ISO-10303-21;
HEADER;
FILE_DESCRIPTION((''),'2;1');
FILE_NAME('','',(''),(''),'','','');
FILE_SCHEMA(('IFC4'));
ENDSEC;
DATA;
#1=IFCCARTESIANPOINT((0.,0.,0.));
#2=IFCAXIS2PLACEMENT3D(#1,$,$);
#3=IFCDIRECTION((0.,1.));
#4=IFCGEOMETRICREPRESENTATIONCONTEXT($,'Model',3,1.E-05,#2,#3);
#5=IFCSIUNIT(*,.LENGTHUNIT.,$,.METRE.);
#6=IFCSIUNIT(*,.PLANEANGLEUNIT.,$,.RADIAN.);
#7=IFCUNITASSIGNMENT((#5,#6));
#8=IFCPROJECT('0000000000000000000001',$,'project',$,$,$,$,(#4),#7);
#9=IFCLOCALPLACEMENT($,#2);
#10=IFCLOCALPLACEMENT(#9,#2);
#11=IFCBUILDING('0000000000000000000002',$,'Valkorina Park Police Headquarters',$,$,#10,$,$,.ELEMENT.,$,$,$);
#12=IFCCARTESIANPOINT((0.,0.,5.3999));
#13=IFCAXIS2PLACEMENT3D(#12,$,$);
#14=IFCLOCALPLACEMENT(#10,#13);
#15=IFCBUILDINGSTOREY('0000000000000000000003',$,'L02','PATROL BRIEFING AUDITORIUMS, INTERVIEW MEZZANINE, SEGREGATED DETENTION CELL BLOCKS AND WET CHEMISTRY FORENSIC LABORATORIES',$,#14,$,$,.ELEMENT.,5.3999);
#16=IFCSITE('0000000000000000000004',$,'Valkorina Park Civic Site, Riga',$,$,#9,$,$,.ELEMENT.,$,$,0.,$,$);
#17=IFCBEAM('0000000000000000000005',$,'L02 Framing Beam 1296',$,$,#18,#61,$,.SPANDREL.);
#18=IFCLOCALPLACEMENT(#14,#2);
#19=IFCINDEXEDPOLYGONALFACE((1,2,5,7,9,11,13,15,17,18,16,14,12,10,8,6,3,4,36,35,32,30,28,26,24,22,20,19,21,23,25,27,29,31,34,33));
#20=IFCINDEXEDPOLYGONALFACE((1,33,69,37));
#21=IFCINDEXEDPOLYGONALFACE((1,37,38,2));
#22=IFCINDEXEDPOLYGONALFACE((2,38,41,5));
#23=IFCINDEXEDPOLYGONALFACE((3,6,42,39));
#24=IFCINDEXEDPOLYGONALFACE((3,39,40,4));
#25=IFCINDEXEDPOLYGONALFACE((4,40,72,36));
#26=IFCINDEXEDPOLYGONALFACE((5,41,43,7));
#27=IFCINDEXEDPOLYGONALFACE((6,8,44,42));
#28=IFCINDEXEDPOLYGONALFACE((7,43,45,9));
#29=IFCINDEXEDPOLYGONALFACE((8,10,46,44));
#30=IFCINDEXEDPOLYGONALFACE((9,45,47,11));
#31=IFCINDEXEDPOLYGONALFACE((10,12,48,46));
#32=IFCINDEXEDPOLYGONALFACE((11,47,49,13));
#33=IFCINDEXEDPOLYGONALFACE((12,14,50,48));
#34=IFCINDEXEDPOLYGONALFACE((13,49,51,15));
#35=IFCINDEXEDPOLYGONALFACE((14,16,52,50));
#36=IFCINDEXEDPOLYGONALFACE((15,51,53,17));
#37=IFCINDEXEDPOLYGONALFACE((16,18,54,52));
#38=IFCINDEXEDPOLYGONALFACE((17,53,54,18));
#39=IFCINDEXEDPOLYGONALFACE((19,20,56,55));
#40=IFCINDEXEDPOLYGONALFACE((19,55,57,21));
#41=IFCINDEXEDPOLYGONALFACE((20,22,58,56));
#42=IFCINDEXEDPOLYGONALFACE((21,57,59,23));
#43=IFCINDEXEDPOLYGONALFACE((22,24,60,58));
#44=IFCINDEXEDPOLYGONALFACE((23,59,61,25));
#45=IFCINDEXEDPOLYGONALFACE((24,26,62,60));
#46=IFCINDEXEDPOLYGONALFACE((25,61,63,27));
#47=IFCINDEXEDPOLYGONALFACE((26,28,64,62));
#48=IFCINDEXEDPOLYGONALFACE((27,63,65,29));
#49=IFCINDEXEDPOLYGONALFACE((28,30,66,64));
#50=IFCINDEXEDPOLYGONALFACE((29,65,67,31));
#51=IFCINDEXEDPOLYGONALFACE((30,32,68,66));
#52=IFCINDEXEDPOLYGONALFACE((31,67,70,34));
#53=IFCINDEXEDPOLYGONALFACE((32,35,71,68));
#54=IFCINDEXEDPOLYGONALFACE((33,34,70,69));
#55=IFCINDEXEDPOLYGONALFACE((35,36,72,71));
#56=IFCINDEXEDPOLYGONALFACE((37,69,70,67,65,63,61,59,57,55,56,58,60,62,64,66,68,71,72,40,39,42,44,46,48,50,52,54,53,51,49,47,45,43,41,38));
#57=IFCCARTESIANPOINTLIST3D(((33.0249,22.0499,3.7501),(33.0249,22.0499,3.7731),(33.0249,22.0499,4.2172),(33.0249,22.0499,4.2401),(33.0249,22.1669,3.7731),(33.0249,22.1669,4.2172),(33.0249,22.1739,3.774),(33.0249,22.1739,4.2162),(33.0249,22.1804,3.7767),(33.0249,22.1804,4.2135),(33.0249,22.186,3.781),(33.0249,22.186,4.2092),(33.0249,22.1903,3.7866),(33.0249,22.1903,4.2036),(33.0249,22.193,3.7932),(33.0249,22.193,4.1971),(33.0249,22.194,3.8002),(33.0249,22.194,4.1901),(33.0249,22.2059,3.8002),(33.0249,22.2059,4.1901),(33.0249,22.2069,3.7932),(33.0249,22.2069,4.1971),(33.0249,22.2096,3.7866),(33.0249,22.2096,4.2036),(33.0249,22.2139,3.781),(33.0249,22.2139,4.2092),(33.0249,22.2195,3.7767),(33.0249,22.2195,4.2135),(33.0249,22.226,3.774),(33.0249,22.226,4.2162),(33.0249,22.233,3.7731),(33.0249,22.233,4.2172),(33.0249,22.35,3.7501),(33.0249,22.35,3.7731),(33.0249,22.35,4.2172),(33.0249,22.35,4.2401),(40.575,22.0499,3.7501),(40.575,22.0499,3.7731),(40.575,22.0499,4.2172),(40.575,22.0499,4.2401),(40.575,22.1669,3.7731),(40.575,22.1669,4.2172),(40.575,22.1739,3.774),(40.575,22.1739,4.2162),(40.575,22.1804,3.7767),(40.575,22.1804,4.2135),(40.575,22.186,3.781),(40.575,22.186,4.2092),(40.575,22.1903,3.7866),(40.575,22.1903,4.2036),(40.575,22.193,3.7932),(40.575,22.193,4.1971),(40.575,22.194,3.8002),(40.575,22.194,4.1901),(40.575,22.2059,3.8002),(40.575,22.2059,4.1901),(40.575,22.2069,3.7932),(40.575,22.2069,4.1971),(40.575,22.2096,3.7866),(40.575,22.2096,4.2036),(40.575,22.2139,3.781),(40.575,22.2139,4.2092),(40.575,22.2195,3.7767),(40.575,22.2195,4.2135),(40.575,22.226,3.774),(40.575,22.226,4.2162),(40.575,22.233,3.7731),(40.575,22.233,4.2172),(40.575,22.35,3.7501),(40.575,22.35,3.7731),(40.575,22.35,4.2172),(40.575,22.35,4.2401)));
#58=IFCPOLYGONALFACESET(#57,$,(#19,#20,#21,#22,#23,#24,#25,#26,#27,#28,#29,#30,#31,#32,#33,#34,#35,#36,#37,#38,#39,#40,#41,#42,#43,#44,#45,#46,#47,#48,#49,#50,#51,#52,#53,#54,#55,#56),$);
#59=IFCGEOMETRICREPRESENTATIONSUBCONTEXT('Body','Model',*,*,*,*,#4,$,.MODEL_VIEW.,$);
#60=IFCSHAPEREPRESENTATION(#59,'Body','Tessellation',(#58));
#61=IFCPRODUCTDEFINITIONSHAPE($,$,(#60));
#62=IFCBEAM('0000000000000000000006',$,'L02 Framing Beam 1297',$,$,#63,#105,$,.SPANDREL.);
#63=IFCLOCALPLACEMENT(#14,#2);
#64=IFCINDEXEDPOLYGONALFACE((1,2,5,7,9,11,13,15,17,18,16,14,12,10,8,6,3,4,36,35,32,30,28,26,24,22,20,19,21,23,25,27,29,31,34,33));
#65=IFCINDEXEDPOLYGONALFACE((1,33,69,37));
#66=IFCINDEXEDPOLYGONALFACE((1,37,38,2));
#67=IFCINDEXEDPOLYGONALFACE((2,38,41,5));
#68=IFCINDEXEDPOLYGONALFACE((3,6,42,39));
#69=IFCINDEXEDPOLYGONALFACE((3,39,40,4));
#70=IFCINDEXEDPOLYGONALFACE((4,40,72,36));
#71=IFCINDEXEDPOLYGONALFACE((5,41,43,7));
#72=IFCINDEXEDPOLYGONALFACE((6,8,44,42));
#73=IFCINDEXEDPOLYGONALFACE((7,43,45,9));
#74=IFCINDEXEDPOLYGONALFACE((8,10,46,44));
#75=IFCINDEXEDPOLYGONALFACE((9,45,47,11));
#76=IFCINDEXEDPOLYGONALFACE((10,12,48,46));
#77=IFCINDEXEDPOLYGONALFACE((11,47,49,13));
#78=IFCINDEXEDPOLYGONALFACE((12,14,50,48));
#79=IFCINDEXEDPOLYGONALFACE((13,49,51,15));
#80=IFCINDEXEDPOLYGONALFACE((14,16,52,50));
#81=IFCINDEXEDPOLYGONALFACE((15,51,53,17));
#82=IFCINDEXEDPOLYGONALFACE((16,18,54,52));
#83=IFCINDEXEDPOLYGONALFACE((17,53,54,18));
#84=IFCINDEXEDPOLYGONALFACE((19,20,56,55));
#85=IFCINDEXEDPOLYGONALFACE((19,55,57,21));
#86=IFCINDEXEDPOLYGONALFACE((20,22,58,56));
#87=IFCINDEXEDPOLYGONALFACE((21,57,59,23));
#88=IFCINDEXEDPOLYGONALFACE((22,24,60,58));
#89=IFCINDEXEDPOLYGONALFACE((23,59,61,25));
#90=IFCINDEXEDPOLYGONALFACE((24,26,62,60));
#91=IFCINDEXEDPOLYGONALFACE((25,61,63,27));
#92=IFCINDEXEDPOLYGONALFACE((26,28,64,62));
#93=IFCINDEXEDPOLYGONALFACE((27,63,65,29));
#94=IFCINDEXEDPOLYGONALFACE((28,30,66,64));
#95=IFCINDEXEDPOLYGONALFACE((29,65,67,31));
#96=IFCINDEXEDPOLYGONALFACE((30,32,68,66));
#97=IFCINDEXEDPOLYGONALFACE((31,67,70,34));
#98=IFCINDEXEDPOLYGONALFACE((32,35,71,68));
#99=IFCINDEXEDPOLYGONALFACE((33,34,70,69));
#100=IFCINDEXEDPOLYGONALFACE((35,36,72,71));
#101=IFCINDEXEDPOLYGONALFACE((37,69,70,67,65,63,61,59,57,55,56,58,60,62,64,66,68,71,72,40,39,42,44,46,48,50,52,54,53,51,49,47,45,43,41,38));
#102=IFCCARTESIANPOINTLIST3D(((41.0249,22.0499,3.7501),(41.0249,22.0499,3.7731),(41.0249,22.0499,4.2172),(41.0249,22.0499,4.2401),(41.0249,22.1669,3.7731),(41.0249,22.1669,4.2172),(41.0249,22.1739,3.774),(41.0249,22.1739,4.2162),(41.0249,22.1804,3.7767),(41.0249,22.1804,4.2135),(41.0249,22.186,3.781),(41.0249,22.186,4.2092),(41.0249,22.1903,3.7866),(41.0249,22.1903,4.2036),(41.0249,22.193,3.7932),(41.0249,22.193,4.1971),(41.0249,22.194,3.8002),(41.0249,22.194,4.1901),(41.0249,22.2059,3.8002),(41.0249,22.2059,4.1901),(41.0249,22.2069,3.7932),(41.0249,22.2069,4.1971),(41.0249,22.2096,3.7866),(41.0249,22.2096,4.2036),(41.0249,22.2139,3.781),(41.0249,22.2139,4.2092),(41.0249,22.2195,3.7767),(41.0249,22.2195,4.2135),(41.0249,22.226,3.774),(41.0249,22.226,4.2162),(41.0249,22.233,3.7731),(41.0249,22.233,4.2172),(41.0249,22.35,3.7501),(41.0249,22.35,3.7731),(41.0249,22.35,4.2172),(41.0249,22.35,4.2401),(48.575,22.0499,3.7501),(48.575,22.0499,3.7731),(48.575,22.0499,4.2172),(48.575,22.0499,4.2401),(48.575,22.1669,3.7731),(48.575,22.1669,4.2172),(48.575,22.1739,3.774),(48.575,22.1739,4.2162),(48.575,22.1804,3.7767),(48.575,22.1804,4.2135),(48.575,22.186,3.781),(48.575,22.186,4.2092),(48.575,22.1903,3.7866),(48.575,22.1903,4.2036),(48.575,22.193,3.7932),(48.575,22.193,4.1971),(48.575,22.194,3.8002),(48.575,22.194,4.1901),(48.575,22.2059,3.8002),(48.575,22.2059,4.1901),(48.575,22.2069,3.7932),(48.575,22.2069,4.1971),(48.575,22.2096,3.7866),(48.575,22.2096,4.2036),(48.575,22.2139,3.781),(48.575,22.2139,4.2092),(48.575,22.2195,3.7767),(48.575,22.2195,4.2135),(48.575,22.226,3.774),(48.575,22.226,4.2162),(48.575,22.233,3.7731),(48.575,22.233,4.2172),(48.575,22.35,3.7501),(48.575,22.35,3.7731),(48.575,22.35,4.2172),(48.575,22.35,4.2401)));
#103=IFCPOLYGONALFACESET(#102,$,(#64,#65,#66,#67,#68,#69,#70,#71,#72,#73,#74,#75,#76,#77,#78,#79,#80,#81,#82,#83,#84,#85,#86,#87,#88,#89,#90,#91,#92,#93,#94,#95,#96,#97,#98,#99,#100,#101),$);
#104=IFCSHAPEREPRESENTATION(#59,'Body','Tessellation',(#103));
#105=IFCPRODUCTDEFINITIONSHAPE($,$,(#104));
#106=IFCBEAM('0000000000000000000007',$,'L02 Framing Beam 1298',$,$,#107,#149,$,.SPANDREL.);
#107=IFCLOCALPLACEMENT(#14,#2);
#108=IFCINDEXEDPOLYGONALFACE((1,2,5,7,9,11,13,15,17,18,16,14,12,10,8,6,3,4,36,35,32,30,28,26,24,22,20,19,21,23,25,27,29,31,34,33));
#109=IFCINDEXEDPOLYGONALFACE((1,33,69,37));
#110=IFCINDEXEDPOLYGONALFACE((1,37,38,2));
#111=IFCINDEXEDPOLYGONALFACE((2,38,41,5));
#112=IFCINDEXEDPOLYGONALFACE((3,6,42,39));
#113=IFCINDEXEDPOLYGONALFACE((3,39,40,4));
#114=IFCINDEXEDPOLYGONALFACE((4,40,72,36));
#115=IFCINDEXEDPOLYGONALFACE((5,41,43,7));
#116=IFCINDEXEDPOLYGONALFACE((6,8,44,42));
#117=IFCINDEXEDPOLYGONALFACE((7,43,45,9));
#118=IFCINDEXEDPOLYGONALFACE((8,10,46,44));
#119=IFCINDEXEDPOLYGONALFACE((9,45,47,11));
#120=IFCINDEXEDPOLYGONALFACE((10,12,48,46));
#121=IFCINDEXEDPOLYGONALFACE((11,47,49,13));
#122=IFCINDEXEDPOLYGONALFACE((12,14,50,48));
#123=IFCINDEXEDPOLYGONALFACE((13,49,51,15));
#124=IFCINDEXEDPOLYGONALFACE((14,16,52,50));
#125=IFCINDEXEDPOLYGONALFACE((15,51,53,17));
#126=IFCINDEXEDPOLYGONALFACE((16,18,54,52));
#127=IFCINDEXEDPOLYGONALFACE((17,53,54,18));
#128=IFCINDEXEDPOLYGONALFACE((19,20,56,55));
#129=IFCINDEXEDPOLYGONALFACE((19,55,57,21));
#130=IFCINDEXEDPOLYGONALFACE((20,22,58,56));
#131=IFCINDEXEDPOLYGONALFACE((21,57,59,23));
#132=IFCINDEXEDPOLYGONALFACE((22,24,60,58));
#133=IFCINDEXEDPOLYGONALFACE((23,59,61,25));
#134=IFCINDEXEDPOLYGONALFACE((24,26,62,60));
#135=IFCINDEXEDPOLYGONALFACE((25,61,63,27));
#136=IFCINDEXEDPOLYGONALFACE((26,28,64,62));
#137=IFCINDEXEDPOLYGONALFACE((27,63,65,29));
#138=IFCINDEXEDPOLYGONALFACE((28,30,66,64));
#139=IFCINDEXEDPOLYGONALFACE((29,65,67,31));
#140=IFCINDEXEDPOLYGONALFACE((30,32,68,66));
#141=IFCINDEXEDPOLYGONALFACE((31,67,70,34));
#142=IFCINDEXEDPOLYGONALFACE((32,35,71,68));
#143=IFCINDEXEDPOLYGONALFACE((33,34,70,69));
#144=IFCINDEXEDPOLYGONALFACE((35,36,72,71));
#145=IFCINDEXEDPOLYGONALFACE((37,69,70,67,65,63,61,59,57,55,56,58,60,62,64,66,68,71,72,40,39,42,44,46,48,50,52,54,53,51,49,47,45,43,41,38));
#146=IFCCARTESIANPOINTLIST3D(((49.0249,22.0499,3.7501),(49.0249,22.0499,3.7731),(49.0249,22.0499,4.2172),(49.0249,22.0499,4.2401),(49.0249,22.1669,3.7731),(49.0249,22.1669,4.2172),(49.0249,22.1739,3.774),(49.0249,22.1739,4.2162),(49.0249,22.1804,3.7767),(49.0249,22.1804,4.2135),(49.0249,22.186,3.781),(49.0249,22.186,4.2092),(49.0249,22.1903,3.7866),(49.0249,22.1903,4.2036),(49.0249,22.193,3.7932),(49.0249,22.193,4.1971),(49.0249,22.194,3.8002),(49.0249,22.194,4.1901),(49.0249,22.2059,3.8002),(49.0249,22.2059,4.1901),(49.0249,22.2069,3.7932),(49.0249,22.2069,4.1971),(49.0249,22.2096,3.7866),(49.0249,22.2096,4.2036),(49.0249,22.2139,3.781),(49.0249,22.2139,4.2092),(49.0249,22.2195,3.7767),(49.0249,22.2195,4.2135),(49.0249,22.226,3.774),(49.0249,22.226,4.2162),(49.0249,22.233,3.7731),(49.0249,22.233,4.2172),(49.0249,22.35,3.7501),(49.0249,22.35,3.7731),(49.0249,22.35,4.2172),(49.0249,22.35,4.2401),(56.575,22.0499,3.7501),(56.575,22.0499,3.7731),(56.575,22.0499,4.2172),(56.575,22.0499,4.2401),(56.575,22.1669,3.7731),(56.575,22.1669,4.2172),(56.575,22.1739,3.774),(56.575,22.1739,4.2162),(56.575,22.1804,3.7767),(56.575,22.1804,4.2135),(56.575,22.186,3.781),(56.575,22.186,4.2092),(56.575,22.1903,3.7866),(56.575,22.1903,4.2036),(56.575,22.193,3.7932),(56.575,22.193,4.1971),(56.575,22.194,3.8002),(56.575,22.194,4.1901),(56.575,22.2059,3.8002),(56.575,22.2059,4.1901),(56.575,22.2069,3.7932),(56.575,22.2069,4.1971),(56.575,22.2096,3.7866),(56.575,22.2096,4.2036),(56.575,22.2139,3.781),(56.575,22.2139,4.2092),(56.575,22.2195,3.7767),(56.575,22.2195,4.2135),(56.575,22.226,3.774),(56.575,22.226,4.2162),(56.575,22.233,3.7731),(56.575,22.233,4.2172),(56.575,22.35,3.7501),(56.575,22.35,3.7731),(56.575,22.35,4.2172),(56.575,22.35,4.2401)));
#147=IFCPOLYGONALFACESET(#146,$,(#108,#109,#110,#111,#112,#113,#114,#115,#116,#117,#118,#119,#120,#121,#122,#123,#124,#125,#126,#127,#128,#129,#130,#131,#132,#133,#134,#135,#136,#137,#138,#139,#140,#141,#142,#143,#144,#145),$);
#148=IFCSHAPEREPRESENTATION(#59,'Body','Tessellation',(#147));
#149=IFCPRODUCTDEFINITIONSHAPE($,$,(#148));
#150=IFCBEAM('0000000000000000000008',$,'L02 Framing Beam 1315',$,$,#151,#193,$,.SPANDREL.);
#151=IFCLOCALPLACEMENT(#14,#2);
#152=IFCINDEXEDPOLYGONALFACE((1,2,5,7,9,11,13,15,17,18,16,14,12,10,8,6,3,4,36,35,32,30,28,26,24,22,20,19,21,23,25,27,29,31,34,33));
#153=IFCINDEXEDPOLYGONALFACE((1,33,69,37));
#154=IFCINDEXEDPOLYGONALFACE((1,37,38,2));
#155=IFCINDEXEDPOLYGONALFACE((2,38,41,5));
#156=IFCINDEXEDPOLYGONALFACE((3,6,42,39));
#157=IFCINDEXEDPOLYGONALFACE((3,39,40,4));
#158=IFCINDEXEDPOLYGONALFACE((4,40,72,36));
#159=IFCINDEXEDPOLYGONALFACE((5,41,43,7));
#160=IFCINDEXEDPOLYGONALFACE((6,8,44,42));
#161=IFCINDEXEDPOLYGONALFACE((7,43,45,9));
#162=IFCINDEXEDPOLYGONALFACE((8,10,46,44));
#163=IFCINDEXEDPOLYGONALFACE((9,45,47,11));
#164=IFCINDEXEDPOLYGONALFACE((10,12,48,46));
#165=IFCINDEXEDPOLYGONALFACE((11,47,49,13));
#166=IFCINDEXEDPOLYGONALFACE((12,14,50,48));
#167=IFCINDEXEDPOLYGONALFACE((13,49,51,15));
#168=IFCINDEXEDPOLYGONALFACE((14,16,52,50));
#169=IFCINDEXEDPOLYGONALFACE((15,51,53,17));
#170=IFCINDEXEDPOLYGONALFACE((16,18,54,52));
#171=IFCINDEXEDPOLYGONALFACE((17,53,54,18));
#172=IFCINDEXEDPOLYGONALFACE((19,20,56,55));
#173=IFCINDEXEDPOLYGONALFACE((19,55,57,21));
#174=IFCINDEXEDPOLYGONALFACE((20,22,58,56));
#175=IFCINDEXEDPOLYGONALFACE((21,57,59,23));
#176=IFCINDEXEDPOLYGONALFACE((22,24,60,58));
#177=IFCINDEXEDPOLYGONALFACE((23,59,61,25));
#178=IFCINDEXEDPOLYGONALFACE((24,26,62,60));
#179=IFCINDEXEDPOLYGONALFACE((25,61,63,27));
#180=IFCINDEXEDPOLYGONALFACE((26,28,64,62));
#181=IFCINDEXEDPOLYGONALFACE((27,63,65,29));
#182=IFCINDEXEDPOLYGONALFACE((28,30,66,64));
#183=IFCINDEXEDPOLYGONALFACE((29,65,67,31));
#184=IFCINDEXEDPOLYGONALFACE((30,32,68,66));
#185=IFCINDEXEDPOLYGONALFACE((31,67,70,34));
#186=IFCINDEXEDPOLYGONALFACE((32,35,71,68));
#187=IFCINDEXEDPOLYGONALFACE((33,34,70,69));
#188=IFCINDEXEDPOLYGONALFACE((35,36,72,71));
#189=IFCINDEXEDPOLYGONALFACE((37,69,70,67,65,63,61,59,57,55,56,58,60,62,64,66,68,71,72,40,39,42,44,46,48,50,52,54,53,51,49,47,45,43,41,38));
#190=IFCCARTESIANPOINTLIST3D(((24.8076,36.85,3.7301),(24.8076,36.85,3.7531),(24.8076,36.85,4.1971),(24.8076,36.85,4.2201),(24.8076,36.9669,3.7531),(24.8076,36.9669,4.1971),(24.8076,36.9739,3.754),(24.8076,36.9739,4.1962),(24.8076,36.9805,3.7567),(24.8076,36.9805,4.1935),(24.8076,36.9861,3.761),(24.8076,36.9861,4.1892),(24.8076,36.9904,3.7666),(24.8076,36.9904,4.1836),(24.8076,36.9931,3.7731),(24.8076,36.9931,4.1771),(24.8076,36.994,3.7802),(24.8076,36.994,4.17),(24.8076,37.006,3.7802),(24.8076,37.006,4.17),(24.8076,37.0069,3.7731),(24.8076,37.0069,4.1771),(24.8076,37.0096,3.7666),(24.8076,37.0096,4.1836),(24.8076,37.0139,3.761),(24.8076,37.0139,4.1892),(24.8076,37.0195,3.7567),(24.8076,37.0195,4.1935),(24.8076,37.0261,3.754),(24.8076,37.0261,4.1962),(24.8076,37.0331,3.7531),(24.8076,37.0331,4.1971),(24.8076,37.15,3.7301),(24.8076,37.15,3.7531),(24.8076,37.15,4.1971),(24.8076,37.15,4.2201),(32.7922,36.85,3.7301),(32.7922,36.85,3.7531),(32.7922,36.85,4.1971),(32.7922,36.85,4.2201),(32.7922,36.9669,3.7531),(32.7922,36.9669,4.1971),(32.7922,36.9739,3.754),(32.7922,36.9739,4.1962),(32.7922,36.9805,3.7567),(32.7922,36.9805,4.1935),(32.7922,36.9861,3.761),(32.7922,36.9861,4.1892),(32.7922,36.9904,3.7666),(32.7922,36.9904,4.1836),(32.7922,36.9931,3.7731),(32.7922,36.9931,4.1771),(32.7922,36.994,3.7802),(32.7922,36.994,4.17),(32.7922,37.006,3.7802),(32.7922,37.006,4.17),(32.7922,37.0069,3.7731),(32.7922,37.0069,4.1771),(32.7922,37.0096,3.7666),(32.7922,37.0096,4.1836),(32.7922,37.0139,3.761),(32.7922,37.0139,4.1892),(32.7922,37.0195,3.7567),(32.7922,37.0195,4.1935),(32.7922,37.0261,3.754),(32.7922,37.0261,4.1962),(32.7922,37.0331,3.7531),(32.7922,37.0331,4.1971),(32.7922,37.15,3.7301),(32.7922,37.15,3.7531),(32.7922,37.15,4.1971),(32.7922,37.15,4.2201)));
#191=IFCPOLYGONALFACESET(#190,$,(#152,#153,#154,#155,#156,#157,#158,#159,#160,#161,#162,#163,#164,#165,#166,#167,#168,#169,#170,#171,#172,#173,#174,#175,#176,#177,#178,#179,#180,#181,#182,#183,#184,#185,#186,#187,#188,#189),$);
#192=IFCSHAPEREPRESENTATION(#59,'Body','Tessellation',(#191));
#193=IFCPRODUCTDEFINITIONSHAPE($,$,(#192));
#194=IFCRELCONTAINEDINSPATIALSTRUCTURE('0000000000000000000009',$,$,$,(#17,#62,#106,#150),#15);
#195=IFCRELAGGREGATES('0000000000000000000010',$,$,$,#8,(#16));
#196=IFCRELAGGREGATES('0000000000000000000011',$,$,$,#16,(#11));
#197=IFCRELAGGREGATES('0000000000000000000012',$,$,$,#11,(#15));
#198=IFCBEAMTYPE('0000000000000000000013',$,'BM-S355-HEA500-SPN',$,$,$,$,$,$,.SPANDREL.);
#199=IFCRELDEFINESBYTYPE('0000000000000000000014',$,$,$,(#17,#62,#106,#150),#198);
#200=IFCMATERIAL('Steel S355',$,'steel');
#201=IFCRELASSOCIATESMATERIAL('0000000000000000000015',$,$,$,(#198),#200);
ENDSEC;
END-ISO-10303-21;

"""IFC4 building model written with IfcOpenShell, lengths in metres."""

from ifc_helpers import new_model, si_unit, direction, frame, origin, origin_2d, place, context, subcontext, project, spatial, i_section, extrude, material, material_profile, profile_set, type_object, element, save


model = new_model("IFC4")

# Units and contexts
model_context = context("Model", 3, precision=1e-05, world=origin(), true_north=direction((0.0, 1.0)))
body_context = subcontext(model_context, "Body", "Model", "MODEL_VIEW")
ifc_project = project(units=[si_unit("LENGTHUNIT", "METRE"), si_unit("PLANEANGLEUNIT", "RADIAN")], contexts=[model_context])

# Site, building, storey
site_placement = place(None, origin())
site = spatial("IfcSite", under=ifc_project, at=site_placement, Name="Valkorina Park Civic Site, Riga", CompositionType="ELEMENT", RefElevation=0.0)
building_placement = place(site_placement, origin())
building = spatial("IfcBuilding", under=site, at=building_placement, Name="Valkorina Park Police Headquarters", CompositionType="ELEMENT")
storey_placement = place(building_placement, frame((0.0, 0.0, 5.3999)))
storey = spatial("IfcBuildingStorey", under=building, at=storey_placement, Name="L02", Description="PATROL BRIEFING AUDITORIUMS, INTERVIEW MEZZANINE, SEGREGATED DETENTION CELL BLOCKS AND WET CHEMISTRY FORENSIC LABORATORIES", CompositionType="ELEMENT", Elevation=5.3999)

# Shared definitions
ifc_material_1 = material(Name="Steel S355", Category="steel")

# Beams
ifc_material_profile_1 = material_profile(ifc_material_1, i_section(OverallWidth=0.3, OverallDepth=0.49, WebThickness=0.012, FlangeThickness=0.0229, FilletRadius=0.0271, at=origin_2d()), Name="HEA 500")
ifc_profile_set_1 = profile_set([ifc_material_profile_1], Name="Steel S355")
beam_type = type_object("IfcBeamType", Name="BM-S355-HEA500-SPN", PredefinedType="SPANDREL", material=ifc_profile_set_1)
for number, where, z_axis, x_axis, name in (
    (1, (33.0249, 22.2, 3.9951), (1.0, 0.0, 0.0), (0.0, 1.0, 0.0), "L02 Framing Beam 1296"),
    (2, (41.0249, 22.2, 3.9951), (1.0, 0.0, 0.0), (0.0, 1.0, 0.0), "L02 Framing Beam 1297"),
    (3, (49.0249, 22.2, 3.9951), (1.0, 0.0, 0.0), (0.0, 1.0, 0.0), "L02 Framing Beam 1298"),
):
    element("IfcBeam", number, at=place(storey_placement, frame(where, z_axis=z_axis, x_axis=x_axis)), inside=storey, type_object=beam_type, Name=name, PredefinedType="SPANDREL", context=body_context, shape_type="SweptSolid", body=[
        extrude(i_section(OverallWidth=0.3, OverallDepth=0.49, WebThickness=0.012, FlangeThickness=0.0229, FilletRadius=0.0271, at=origin_2d()), origin(), (0.0, 0.0, 1.0), 7.55),
    ])
for number, where, z_axis, x_axis, name in (
    (4, (24.8076, 37.0, 3.9751), (1.0, 0.0, 0.0), (0.0, 1.0, 0.0), "L02 Framing Beam 1315"),
):
    element("IfcBeam", number, at=place(storey_placement, frame(where, z_axis=z_axis, x_axis=x_axis)), inside=storey, type_object=beam_type, Name=name, PredefinedType="SPANDREL", context=body_context, shape_type="SweptSolid", body=[
        extrude(i_section(OverallWidth=0.3, OverallDepth=0.49, WebThickness=0.012, FlangeThickness=0.0229, FilletRadius=0.0271, at=origin_2d()), origin(), (0.0, 0.0, 1.0), 7.9846),
    ])

save(model, "model.ifc")
